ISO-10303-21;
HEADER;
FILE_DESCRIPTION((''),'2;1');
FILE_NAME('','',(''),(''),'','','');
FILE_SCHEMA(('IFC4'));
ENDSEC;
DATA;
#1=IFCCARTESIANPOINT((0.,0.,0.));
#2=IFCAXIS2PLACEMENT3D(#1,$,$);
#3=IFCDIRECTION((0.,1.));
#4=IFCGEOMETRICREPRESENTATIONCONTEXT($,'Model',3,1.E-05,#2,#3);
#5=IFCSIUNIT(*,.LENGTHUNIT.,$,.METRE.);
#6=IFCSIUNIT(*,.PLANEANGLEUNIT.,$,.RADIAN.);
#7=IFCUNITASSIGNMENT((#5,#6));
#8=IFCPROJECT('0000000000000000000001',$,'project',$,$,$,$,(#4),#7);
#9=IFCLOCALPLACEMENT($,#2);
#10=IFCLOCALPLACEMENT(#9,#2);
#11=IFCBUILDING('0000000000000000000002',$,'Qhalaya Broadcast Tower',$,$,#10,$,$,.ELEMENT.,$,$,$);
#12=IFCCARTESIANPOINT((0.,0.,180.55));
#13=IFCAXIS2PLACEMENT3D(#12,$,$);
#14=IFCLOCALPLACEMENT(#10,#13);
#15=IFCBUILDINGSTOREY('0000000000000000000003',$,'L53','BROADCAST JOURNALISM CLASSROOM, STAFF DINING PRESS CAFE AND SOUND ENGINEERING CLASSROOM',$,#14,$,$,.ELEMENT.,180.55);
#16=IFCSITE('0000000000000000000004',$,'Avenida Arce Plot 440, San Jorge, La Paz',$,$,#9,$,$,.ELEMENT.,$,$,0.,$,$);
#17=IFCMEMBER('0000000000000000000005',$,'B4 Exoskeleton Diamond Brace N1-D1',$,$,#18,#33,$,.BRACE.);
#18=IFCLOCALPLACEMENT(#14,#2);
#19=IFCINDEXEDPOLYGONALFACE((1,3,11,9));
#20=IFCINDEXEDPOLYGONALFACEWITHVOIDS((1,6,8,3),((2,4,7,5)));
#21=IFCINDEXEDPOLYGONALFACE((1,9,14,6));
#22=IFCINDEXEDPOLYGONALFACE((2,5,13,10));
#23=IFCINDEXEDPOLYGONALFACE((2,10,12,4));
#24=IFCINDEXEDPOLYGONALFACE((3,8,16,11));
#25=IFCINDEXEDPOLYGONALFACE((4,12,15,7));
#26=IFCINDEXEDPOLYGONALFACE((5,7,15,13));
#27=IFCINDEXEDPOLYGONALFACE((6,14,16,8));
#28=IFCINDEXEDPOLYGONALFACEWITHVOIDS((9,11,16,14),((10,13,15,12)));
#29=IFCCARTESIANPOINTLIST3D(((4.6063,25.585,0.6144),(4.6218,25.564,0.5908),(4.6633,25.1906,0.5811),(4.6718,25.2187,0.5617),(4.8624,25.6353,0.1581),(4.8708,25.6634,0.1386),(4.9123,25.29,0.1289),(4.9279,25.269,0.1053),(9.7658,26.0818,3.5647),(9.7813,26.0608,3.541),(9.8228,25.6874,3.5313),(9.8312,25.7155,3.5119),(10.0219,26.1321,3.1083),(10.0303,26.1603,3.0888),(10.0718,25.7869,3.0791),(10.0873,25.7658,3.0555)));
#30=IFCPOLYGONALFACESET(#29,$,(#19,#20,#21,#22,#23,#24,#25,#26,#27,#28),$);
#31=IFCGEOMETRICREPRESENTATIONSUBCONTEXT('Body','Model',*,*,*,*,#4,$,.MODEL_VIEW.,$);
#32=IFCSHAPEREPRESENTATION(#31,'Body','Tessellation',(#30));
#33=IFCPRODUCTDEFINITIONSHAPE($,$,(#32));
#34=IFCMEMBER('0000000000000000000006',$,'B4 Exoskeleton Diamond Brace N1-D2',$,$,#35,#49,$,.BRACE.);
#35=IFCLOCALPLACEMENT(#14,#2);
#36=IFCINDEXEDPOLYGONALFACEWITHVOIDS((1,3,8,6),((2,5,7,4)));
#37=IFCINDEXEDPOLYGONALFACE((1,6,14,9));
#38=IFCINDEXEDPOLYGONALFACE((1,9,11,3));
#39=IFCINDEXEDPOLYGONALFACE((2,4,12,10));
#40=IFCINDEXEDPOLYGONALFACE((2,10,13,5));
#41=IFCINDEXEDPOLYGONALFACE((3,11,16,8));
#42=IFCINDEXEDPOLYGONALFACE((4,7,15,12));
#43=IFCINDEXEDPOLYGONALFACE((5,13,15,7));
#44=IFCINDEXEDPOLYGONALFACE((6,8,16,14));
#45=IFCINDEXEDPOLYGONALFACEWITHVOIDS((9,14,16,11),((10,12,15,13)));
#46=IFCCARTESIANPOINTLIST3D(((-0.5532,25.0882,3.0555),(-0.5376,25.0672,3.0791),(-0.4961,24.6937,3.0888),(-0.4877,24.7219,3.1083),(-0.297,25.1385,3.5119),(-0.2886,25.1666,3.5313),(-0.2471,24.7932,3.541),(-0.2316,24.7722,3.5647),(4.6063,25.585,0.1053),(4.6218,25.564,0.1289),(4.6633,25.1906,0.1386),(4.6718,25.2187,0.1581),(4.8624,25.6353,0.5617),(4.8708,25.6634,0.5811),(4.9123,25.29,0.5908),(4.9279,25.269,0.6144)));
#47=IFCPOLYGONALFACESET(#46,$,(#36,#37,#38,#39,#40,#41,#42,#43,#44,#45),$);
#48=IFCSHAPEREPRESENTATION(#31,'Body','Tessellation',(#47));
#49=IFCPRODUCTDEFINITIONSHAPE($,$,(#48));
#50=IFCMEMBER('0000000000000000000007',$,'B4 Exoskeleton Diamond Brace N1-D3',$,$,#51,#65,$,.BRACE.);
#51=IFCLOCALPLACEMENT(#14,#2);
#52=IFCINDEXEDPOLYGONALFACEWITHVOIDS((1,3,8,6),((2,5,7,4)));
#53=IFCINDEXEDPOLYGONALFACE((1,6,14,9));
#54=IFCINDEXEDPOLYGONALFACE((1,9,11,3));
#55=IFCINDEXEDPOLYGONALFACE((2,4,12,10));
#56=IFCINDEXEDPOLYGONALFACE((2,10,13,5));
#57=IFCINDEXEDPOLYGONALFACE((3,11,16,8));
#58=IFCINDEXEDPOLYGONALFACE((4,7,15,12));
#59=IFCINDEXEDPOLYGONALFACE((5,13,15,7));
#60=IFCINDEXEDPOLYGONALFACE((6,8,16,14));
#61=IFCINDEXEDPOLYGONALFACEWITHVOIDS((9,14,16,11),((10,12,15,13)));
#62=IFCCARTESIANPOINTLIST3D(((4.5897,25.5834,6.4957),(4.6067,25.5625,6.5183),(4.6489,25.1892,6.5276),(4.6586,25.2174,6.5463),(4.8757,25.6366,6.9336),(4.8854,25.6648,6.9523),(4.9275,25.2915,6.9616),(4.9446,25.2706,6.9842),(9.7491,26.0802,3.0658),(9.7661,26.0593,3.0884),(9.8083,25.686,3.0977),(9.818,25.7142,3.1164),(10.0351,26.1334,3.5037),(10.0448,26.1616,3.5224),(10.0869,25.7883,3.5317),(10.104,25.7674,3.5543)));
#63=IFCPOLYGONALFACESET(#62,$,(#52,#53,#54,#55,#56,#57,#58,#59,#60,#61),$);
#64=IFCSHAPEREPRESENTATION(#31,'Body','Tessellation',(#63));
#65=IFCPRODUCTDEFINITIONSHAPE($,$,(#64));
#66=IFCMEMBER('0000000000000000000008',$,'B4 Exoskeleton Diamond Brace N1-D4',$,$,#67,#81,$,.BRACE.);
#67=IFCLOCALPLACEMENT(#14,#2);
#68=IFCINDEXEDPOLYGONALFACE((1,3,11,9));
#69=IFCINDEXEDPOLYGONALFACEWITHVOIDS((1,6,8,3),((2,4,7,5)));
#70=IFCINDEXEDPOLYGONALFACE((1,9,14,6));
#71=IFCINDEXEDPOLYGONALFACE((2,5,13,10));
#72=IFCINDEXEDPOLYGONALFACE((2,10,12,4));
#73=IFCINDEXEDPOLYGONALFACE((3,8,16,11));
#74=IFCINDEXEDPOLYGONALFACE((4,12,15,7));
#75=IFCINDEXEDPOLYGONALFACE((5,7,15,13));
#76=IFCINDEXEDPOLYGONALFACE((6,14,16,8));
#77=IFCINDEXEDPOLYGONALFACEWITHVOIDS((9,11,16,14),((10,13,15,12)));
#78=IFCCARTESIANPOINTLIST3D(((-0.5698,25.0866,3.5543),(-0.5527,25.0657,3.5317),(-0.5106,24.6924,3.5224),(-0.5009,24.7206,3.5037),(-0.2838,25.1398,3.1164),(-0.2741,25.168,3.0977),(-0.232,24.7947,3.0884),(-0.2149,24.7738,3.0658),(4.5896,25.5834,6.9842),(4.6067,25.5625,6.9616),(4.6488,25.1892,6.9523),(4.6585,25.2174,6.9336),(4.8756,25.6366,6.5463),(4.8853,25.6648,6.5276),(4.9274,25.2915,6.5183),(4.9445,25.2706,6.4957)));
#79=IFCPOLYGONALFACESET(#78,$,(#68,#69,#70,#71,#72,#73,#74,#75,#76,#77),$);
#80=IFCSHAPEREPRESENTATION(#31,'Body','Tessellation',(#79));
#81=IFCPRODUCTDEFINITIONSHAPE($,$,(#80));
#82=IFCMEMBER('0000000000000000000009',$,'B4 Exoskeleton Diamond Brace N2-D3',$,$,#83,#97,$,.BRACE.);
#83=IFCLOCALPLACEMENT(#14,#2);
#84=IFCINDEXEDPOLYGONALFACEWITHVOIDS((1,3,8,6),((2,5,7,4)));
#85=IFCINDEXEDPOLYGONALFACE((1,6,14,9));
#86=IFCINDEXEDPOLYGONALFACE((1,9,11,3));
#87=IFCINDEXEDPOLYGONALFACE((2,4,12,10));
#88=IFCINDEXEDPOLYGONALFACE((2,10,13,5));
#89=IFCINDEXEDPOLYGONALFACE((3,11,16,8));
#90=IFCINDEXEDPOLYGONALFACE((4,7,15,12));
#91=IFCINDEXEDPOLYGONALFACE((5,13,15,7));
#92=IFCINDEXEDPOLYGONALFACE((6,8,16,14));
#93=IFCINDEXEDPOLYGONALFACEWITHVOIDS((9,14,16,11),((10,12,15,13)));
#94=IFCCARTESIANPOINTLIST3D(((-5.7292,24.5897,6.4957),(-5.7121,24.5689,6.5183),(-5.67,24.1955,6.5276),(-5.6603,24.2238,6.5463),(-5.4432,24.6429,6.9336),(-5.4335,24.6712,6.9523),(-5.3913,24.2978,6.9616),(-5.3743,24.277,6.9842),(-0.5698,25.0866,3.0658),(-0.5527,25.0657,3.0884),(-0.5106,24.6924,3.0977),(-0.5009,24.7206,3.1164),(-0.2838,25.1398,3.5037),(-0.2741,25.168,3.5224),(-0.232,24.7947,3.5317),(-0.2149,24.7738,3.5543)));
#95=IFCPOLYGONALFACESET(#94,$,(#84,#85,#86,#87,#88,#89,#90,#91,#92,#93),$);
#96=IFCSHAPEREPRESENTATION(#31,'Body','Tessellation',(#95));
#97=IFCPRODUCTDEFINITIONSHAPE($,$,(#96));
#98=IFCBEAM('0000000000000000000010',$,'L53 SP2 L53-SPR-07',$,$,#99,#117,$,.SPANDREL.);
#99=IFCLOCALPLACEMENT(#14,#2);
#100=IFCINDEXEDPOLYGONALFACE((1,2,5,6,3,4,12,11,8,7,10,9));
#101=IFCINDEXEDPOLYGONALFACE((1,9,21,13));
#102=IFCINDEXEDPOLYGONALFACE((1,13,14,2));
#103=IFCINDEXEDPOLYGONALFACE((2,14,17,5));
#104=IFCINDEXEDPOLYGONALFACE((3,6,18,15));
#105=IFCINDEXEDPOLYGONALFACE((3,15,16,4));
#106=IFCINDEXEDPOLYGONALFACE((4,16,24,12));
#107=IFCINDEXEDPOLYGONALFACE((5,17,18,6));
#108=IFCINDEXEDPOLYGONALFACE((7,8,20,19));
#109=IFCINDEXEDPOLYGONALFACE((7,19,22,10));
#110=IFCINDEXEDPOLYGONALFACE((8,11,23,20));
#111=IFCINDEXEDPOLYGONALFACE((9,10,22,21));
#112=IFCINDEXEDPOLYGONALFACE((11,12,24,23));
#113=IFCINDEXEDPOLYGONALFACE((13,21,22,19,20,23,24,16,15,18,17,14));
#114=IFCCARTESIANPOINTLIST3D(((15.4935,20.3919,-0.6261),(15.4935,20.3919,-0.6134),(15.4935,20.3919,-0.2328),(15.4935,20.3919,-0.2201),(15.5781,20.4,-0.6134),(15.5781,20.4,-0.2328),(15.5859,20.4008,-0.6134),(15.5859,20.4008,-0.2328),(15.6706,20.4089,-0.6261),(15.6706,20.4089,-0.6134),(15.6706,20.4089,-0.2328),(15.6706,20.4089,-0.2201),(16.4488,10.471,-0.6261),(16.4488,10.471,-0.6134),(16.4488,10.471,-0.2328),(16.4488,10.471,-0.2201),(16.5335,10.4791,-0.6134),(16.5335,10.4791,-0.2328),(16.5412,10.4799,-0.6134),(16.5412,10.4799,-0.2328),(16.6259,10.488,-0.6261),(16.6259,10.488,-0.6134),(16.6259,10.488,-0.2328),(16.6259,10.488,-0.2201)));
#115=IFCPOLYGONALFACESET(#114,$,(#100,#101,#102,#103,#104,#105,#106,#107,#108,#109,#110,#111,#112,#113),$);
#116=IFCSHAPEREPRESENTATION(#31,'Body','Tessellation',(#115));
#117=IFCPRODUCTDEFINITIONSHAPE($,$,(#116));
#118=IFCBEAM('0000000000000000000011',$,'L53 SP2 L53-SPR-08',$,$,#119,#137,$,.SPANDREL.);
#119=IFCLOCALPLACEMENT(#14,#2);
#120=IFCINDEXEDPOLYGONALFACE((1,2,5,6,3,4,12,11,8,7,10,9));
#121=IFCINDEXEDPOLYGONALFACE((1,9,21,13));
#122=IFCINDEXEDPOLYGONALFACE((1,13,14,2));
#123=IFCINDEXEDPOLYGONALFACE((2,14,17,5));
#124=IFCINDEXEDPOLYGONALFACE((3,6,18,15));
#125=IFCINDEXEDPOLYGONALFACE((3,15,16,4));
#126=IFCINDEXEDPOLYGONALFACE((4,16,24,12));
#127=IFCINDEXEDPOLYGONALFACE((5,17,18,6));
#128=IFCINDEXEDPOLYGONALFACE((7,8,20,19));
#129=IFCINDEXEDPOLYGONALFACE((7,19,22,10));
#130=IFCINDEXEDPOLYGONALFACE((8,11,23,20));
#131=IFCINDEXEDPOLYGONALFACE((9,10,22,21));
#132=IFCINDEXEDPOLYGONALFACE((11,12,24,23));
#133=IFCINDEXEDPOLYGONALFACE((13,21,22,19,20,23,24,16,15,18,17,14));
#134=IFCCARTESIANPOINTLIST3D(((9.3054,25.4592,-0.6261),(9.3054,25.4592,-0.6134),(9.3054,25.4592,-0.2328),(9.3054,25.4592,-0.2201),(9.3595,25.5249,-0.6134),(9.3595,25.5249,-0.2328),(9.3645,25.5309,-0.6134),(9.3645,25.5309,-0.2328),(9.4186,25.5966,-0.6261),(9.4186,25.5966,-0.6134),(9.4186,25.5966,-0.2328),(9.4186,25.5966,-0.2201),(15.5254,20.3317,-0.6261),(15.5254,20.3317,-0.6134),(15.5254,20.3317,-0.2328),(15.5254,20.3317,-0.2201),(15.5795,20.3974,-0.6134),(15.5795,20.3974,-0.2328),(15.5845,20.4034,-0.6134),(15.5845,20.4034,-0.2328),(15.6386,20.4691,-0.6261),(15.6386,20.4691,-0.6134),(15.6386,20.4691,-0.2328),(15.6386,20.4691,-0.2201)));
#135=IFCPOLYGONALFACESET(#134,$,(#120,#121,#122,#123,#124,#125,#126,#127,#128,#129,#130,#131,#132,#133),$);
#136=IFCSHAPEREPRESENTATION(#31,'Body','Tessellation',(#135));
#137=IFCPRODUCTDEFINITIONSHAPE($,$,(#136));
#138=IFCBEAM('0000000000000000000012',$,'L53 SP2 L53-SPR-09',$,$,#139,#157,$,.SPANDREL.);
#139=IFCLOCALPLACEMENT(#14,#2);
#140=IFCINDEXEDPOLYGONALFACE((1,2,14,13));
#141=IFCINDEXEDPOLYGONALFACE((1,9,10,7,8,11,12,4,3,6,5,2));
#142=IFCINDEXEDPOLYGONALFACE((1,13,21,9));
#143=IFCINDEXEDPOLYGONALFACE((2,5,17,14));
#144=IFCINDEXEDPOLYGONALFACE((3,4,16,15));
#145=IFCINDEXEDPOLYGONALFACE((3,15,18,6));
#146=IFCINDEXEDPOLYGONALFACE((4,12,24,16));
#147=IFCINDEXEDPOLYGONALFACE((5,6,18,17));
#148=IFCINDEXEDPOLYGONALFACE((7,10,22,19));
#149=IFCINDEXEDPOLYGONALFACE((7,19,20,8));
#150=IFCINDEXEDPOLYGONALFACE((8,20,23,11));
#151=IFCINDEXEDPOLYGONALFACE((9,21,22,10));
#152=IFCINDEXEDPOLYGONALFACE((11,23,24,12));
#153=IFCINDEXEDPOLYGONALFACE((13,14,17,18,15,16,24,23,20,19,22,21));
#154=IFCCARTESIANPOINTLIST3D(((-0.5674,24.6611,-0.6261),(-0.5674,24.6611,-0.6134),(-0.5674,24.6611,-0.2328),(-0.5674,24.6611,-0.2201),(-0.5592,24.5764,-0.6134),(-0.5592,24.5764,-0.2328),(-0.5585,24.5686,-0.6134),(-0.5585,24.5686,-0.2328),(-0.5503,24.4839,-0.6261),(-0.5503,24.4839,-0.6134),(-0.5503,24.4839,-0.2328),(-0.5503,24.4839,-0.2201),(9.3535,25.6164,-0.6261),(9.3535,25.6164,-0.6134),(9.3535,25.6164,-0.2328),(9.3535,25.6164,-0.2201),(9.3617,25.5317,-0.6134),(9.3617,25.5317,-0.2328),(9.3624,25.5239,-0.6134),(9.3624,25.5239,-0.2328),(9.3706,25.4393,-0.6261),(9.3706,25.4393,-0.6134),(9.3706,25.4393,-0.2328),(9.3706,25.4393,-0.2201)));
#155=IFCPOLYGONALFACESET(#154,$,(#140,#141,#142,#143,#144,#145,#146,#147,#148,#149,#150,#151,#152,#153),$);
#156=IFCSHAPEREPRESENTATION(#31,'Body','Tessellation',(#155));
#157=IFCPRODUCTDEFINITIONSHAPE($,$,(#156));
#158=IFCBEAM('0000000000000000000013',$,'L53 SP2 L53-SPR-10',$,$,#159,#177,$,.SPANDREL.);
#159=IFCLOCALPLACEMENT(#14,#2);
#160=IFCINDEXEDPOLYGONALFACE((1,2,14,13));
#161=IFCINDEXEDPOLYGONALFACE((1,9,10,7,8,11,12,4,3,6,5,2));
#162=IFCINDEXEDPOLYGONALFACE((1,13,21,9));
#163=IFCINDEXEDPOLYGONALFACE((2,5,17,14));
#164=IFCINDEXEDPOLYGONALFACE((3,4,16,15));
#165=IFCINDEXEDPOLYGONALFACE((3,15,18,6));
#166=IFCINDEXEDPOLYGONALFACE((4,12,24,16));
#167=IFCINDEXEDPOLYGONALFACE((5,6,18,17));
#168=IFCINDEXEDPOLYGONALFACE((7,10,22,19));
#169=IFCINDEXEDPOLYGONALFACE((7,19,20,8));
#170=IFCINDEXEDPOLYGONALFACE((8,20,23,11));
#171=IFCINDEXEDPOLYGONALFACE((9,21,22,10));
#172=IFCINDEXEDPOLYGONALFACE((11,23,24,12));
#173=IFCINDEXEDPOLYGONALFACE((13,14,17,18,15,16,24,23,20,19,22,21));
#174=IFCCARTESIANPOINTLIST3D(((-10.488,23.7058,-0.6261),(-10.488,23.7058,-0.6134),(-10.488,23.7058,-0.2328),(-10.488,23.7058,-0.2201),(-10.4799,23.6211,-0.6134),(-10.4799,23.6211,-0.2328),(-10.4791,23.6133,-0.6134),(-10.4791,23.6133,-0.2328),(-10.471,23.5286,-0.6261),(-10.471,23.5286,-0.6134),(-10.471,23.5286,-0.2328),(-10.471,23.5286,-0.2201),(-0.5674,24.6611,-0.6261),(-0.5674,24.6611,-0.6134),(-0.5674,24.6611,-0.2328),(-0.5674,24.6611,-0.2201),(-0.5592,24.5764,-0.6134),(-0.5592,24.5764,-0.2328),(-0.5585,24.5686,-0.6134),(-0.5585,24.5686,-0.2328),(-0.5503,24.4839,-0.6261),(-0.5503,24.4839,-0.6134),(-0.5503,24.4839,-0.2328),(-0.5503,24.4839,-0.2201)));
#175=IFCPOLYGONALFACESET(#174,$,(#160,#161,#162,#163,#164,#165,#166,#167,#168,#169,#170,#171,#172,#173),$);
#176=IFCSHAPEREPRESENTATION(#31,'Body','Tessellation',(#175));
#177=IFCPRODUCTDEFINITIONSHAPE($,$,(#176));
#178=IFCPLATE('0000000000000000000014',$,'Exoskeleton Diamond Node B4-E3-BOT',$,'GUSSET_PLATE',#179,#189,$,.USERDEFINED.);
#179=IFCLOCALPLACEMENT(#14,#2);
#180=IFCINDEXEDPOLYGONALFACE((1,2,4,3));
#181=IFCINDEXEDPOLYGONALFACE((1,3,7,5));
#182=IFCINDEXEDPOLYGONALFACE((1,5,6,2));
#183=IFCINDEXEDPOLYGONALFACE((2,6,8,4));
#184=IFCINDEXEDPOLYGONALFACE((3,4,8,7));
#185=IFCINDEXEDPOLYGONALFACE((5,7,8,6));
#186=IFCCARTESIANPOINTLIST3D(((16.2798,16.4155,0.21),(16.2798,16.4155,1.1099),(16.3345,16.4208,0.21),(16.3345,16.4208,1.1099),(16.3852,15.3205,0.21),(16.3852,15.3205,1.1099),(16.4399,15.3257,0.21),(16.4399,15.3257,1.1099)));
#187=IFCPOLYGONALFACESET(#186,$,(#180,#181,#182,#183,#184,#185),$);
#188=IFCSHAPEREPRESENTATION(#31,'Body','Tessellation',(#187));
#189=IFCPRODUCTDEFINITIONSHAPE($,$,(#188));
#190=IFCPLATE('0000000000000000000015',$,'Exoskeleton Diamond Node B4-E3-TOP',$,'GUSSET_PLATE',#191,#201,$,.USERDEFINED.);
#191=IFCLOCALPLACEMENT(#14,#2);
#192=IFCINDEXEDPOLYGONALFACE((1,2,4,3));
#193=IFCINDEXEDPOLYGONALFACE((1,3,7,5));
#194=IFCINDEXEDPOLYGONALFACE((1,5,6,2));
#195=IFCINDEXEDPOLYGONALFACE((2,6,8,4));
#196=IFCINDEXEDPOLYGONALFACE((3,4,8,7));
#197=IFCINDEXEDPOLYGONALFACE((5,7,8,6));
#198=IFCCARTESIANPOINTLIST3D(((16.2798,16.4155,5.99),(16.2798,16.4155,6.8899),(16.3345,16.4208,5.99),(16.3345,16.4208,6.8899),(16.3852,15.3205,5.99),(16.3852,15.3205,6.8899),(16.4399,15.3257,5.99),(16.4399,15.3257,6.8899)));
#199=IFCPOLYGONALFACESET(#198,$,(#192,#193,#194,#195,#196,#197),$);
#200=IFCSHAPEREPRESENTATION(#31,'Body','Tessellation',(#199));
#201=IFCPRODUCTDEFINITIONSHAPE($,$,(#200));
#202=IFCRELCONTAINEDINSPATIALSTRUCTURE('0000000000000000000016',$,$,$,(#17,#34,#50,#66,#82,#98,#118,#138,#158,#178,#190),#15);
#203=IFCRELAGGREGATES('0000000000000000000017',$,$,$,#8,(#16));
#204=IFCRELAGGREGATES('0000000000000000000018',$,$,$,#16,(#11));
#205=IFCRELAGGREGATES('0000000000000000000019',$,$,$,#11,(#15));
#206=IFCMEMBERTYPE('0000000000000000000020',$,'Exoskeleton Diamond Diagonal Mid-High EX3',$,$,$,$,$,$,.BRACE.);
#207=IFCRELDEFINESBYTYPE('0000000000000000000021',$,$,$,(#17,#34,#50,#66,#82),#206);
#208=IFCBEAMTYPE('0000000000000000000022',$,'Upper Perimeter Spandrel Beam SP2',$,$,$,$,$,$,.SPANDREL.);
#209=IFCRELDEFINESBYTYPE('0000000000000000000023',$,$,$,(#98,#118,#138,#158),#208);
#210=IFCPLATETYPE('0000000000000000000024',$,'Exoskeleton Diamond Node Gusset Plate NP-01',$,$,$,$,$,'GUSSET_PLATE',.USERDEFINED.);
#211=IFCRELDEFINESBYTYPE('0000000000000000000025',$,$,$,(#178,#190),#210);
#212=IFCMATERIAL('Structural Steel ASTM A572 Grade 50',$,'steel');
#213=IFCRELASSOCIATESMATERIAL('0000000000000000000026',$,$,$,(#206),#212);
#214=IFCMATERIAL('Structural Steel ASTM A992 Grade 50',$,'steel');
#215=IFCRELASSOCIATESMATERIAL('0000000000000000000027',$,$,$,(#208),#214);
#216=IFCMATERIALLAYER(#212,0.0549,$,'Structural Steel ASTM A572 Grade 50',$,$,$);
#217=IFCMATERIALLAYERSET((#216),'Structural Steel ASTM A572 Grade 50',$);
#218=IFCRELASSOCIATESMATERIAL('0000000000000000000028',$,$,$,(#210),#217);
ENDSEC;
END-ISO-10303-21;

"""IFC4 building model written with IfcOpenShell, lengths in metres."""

from ifc_helpers import new_model, si_unit, direction, frame, origin, origin_2d, place, context, subcontext, project, spatial, rectangle, hollow_rectangle, i_section, extrude, material, layer, layer_set, material_profile, profile_set, type_object, element, save


model = new_model("IFC4")

# Units and contexts
model_context = context("Model", 3, precision=1e-05, world=origin(), true_north=direction((0.0, 1.0)))
body_context = subcontext(model_context, "Body", "Model", "MODEL_VIEW")
ifc_project = project(units=[si_unit("LENGTHUNIT", "METRE"), si_unit("PLANEANGLEUNIT", "RADIAN")], contexts=[model_context])

# Site, building, storey
site_placement = place(None, origin())
site = spatial("IfcSite", under=ifc_project, at=site_placement, Name="Avenida Arce Plot 440, San Jorge, La Paz", CompositionType="ELEMENT", RefElevation=0.0)
building_placement = place(site_placement, origin())
building = spatial("IfcBuilding", under=site, at=building_placement, Name="Qhalaya Broadcast Tower", CompositionType="ELEMENT")
storey_placement = place(building_placement, frame((0.0, 0.0, 180.55)))
storey = spatial("IfcBuildingStorey", under=building, at=storey_placement, Name="L53", Description="BROADCAST JOURNALISM CLASSROOM, STAFF DINING PRESS CAFE AND SOUND ENGINEERING CLASSROOM", CompositionType="ELEMENT", Elevation=180.55)

# Shared definitions
ifc_material_1 = material(Name="Structural Steel ASTM A572 Grade 50", Category="steel")

# Shared definitions
ifc_material_2 = material(Name="Structural Steel ASTM A992 Grade 50", Category="steel")

# Members
ifc_material_profile_1 = material_profile(ifc_material_1, hollow_rectangle(XDim=0.3999, YDim=0.55, WallThickness=0.0249, at=origin_2d()), Name="BOX 400x550x25")
ifc_profile_set_1 = profile_set([ifc_material_profile_1], Name="Structural Steel ASTM A572 Grade 50")
member_type = type_object("IfcMemberType", Name="Exoskeleton Diamond Diagonal Mid-High EX3", PredefinedType="BRACE", material=ifc_profile_set_1)
for number, where, z_axis, x_axis, name in (
    (1, (4.7671, 25.427, 0.3599), (0.865084, 0.083303, 0.494661), (-0.142603, 0.986269, 0.083298), "B4 Exoskeleton Diamond Brace N1-D1"),
    (2, (4.7671, 25.427, 0.3599), (-0.865084, -0.083303, 0.494661), (0.142603, -0.986269, 0.083298), "B4 Exoskeleton Diamond Brace N1-D2"),
):
    element("IfcMember", number, at=place(storey_placement, frame(where, z_axis=z_axis, x_axis=x_axis)), inside=storey, type_object=member_type, Name=name, PredefinedType="BRACE", context=body_context, shape_type="SweptSolid", body=[
        extrude(hollow_rectangle(XDim=0.3999, YDim=0.55, WallThickness=0.0249, at=origin_2d()), origin(), (0.0, 0.0, 1.0), 5.9641),
    ])
for number, where, z_axis, x_axis, name in (
    (3, (9.9265, 25.9238, 3.3101), (-0.830106, -0.079935, 0.551846), (0.148059, -0.985743, 0.07993), "B4 Exoskeleton Diamond Brace N1-D3"),
    (4, (-0.3923, 24.9302, 3.3101), (0.830106, 0.079935, 0.551846), (-0.148059, 0.985743, 0.07993), "B4 Exoskeleton Diamond Brace N1-D4"),
    (5, (-0.3923, 24.9302, 3.3101), (-0.830106, -0.079935, 0.551846), (0.148059, -0.985743, 0.07993), "B4 Exoskeleton Diamond Brace N2-D3"),
):
    element("IfcMember", number, at=place(storey_placement, frame(where, z_axis=z_axis, x_axis=x_axis)), inside=storey, type_object=member_type, Name=name, PredefinedType="BRACE", context=body_context, shape_type="SweptSolid", body=[
        extrude(hollow_rectangle(XDim=0.3999, YDim=0.55, WallThickness=0.0249, at=origin_2d()), origin(), (0.0, 0.0, 1.0), 6.2153),
    ])

# Beams
ifc_material_profile_2 = material_profile(ifc_material_2, i_section(OverallWidth=0.178, OverallDepth=0.406, WebThickness=0.0078, FlangeThickness=0.0127, at=origin_2d()), Name="W16X40")
ifc_profile_set_2 = profile_set([ifc_material_profile_2], Name="Structural Steel ASTM A992 Grade 50")
beam_type_1 = type_object("IfcBeamType", Name="Upper Perimeter Spandrel Beam SP2", PredefinedType="SPANDREL", material=ifc_profile_set_2)
beam_1_placement = place(storey_placement, frame((16.5374, 10.4795, -0.4231), z_axis=(-0.095851, 0.995396, 0.0), x_axis=(-0.995396, -0.095851, 0.0)))
element("IfcBeam", 6, at=beam_1_placement, inside=storey, type_object=beam_type_1, Name="L53 SP2 L53-SPR-07", PredefinedType="SPANDREL", context=body_context, shape_type="SweptSolid", body=[
    extrude(i_section(OverallWidth=0.178, OverallDepth=0.406, WebThickness=0.0078, FlangeThickness=0.0127, at=origin_2d()), origin(), (0.0, 0.0, 1.0), 9.9668),
])
beam_2_placement = place(storey_placement, frame((15.582, 20.4004, -0.4231), z_axis=(-0.771619, 0.636085, 0.0), x_axis=(-0.636085, -0.771619, 0.0)))
element("IfcBeam", 7, at=beam_2_placement, inside=storey, type_object=beam_type_1, Name="L53 SP2 L53-SPR-08", PredefinedType="SPANDREL", context=body_context, shape_type="SweptSolid", body=[
    extrude(i_section(OverallWidth=0.178, OverallDepth=0.406, WebThickness=0.0078, FlangeThickness=0.0127, at=origin_2d()), origin(), (0.0, 0.0, 1.0), 8.061),
])
beam_3_placement = place(storey_placement, frame((9.3621, 25.5278, -0.4231), z_axis=(-0.995396, -0.095851, 0.0), x_axis=(0.095851, -0.995396, 0.0)))
element("IfcBeam", 8, at=beam_3_placement, inside=storey, type_object=beam_type_1, Name="L53 SP2 L53-SPR-09", PredefinedType="SPANDREL", context=body_context, shape_type="SweptSolid", body=[
    extrude(i_section(OverallWidth=0.178, OverallDepth=0.406, WebThickness=0.0078, FlangeThickness=0.0127, at=origin_2d()), origin(), (0.0, 0.0, 1.0), 9.9668),
])
beam_4_placement = place(storey_placement, frame((-0.5588, 24.5725, -0.4231), z_axis=(-0.995396, -0.095853, 0.0), x_axis=(0.095853, -0.995396, 0.0)))
element("IfcBeam", 9, at=beam_4_placement, inside=storey, type_object=beam_type_1, Name="L53 SP2 L53-SPR-10", PredefinedType="SPANDREL", context=body_context, shape_type="SweptSolid", body=[
    extrude(i_section(OverallWidth=0.178, OverallDepth=0.406, WebThickness=0.0078, FlangeThickness=0.0127, at=origin_2d()), origin(), (0.0, 0.0, 1.0), 9.9666),
])

# Plates
ifc_layer_1 = layer(ifc_material_1, 0.0549, Name="Structural Steel ASTM A572 Grade 50")
ifc_layer_set_1 = layer_set([ifc_layer_1], Name="Structural Steel ASTM A572 Grade 50")
plate_type_1 = type_object("IfcPlateType", Name="Exoskeleton Diamond Node Gusset Plate NP-01", ElementType="GUSSET_PLATE", PredefinedType="USERDEFINED", material=ifc_layer_set_1)
for number, where, z_axis, x_axis, name in (
    (10, (16.3599, 15.8706, 0.21), (0.0, 0.0, 1.0), (-0.095846, 0.995396, 0.0), "Exoskeleton Diamond Node B4-E3-BOT"),
    (11, (16.3599, 15.8706, 5.99), (0.0, 0.0, 1.0), (-0.095846, 0.995396, 0.0), "Exoskeleton Diamond Node B4-E3-TOP"),
):
    element("IfcPlate", number, at=place(storey_placement, frame(where, z_axis=z_axis, x_axis=x_axis)), inside=storey, type_object=plate_type_1, Name=name, ObjectType="GUSSET_PLATE", PredefinedType="USERDEFINED", context=body_context, shape_type="SweptSolid", body=[
        extrude(rectangle(XDim=1.1001, YDim=0.0549, at=origin_2d()), origin(), (0.0, 0.0, 1.0), 0.8999),
    ])

save(model, "model.ifc")
